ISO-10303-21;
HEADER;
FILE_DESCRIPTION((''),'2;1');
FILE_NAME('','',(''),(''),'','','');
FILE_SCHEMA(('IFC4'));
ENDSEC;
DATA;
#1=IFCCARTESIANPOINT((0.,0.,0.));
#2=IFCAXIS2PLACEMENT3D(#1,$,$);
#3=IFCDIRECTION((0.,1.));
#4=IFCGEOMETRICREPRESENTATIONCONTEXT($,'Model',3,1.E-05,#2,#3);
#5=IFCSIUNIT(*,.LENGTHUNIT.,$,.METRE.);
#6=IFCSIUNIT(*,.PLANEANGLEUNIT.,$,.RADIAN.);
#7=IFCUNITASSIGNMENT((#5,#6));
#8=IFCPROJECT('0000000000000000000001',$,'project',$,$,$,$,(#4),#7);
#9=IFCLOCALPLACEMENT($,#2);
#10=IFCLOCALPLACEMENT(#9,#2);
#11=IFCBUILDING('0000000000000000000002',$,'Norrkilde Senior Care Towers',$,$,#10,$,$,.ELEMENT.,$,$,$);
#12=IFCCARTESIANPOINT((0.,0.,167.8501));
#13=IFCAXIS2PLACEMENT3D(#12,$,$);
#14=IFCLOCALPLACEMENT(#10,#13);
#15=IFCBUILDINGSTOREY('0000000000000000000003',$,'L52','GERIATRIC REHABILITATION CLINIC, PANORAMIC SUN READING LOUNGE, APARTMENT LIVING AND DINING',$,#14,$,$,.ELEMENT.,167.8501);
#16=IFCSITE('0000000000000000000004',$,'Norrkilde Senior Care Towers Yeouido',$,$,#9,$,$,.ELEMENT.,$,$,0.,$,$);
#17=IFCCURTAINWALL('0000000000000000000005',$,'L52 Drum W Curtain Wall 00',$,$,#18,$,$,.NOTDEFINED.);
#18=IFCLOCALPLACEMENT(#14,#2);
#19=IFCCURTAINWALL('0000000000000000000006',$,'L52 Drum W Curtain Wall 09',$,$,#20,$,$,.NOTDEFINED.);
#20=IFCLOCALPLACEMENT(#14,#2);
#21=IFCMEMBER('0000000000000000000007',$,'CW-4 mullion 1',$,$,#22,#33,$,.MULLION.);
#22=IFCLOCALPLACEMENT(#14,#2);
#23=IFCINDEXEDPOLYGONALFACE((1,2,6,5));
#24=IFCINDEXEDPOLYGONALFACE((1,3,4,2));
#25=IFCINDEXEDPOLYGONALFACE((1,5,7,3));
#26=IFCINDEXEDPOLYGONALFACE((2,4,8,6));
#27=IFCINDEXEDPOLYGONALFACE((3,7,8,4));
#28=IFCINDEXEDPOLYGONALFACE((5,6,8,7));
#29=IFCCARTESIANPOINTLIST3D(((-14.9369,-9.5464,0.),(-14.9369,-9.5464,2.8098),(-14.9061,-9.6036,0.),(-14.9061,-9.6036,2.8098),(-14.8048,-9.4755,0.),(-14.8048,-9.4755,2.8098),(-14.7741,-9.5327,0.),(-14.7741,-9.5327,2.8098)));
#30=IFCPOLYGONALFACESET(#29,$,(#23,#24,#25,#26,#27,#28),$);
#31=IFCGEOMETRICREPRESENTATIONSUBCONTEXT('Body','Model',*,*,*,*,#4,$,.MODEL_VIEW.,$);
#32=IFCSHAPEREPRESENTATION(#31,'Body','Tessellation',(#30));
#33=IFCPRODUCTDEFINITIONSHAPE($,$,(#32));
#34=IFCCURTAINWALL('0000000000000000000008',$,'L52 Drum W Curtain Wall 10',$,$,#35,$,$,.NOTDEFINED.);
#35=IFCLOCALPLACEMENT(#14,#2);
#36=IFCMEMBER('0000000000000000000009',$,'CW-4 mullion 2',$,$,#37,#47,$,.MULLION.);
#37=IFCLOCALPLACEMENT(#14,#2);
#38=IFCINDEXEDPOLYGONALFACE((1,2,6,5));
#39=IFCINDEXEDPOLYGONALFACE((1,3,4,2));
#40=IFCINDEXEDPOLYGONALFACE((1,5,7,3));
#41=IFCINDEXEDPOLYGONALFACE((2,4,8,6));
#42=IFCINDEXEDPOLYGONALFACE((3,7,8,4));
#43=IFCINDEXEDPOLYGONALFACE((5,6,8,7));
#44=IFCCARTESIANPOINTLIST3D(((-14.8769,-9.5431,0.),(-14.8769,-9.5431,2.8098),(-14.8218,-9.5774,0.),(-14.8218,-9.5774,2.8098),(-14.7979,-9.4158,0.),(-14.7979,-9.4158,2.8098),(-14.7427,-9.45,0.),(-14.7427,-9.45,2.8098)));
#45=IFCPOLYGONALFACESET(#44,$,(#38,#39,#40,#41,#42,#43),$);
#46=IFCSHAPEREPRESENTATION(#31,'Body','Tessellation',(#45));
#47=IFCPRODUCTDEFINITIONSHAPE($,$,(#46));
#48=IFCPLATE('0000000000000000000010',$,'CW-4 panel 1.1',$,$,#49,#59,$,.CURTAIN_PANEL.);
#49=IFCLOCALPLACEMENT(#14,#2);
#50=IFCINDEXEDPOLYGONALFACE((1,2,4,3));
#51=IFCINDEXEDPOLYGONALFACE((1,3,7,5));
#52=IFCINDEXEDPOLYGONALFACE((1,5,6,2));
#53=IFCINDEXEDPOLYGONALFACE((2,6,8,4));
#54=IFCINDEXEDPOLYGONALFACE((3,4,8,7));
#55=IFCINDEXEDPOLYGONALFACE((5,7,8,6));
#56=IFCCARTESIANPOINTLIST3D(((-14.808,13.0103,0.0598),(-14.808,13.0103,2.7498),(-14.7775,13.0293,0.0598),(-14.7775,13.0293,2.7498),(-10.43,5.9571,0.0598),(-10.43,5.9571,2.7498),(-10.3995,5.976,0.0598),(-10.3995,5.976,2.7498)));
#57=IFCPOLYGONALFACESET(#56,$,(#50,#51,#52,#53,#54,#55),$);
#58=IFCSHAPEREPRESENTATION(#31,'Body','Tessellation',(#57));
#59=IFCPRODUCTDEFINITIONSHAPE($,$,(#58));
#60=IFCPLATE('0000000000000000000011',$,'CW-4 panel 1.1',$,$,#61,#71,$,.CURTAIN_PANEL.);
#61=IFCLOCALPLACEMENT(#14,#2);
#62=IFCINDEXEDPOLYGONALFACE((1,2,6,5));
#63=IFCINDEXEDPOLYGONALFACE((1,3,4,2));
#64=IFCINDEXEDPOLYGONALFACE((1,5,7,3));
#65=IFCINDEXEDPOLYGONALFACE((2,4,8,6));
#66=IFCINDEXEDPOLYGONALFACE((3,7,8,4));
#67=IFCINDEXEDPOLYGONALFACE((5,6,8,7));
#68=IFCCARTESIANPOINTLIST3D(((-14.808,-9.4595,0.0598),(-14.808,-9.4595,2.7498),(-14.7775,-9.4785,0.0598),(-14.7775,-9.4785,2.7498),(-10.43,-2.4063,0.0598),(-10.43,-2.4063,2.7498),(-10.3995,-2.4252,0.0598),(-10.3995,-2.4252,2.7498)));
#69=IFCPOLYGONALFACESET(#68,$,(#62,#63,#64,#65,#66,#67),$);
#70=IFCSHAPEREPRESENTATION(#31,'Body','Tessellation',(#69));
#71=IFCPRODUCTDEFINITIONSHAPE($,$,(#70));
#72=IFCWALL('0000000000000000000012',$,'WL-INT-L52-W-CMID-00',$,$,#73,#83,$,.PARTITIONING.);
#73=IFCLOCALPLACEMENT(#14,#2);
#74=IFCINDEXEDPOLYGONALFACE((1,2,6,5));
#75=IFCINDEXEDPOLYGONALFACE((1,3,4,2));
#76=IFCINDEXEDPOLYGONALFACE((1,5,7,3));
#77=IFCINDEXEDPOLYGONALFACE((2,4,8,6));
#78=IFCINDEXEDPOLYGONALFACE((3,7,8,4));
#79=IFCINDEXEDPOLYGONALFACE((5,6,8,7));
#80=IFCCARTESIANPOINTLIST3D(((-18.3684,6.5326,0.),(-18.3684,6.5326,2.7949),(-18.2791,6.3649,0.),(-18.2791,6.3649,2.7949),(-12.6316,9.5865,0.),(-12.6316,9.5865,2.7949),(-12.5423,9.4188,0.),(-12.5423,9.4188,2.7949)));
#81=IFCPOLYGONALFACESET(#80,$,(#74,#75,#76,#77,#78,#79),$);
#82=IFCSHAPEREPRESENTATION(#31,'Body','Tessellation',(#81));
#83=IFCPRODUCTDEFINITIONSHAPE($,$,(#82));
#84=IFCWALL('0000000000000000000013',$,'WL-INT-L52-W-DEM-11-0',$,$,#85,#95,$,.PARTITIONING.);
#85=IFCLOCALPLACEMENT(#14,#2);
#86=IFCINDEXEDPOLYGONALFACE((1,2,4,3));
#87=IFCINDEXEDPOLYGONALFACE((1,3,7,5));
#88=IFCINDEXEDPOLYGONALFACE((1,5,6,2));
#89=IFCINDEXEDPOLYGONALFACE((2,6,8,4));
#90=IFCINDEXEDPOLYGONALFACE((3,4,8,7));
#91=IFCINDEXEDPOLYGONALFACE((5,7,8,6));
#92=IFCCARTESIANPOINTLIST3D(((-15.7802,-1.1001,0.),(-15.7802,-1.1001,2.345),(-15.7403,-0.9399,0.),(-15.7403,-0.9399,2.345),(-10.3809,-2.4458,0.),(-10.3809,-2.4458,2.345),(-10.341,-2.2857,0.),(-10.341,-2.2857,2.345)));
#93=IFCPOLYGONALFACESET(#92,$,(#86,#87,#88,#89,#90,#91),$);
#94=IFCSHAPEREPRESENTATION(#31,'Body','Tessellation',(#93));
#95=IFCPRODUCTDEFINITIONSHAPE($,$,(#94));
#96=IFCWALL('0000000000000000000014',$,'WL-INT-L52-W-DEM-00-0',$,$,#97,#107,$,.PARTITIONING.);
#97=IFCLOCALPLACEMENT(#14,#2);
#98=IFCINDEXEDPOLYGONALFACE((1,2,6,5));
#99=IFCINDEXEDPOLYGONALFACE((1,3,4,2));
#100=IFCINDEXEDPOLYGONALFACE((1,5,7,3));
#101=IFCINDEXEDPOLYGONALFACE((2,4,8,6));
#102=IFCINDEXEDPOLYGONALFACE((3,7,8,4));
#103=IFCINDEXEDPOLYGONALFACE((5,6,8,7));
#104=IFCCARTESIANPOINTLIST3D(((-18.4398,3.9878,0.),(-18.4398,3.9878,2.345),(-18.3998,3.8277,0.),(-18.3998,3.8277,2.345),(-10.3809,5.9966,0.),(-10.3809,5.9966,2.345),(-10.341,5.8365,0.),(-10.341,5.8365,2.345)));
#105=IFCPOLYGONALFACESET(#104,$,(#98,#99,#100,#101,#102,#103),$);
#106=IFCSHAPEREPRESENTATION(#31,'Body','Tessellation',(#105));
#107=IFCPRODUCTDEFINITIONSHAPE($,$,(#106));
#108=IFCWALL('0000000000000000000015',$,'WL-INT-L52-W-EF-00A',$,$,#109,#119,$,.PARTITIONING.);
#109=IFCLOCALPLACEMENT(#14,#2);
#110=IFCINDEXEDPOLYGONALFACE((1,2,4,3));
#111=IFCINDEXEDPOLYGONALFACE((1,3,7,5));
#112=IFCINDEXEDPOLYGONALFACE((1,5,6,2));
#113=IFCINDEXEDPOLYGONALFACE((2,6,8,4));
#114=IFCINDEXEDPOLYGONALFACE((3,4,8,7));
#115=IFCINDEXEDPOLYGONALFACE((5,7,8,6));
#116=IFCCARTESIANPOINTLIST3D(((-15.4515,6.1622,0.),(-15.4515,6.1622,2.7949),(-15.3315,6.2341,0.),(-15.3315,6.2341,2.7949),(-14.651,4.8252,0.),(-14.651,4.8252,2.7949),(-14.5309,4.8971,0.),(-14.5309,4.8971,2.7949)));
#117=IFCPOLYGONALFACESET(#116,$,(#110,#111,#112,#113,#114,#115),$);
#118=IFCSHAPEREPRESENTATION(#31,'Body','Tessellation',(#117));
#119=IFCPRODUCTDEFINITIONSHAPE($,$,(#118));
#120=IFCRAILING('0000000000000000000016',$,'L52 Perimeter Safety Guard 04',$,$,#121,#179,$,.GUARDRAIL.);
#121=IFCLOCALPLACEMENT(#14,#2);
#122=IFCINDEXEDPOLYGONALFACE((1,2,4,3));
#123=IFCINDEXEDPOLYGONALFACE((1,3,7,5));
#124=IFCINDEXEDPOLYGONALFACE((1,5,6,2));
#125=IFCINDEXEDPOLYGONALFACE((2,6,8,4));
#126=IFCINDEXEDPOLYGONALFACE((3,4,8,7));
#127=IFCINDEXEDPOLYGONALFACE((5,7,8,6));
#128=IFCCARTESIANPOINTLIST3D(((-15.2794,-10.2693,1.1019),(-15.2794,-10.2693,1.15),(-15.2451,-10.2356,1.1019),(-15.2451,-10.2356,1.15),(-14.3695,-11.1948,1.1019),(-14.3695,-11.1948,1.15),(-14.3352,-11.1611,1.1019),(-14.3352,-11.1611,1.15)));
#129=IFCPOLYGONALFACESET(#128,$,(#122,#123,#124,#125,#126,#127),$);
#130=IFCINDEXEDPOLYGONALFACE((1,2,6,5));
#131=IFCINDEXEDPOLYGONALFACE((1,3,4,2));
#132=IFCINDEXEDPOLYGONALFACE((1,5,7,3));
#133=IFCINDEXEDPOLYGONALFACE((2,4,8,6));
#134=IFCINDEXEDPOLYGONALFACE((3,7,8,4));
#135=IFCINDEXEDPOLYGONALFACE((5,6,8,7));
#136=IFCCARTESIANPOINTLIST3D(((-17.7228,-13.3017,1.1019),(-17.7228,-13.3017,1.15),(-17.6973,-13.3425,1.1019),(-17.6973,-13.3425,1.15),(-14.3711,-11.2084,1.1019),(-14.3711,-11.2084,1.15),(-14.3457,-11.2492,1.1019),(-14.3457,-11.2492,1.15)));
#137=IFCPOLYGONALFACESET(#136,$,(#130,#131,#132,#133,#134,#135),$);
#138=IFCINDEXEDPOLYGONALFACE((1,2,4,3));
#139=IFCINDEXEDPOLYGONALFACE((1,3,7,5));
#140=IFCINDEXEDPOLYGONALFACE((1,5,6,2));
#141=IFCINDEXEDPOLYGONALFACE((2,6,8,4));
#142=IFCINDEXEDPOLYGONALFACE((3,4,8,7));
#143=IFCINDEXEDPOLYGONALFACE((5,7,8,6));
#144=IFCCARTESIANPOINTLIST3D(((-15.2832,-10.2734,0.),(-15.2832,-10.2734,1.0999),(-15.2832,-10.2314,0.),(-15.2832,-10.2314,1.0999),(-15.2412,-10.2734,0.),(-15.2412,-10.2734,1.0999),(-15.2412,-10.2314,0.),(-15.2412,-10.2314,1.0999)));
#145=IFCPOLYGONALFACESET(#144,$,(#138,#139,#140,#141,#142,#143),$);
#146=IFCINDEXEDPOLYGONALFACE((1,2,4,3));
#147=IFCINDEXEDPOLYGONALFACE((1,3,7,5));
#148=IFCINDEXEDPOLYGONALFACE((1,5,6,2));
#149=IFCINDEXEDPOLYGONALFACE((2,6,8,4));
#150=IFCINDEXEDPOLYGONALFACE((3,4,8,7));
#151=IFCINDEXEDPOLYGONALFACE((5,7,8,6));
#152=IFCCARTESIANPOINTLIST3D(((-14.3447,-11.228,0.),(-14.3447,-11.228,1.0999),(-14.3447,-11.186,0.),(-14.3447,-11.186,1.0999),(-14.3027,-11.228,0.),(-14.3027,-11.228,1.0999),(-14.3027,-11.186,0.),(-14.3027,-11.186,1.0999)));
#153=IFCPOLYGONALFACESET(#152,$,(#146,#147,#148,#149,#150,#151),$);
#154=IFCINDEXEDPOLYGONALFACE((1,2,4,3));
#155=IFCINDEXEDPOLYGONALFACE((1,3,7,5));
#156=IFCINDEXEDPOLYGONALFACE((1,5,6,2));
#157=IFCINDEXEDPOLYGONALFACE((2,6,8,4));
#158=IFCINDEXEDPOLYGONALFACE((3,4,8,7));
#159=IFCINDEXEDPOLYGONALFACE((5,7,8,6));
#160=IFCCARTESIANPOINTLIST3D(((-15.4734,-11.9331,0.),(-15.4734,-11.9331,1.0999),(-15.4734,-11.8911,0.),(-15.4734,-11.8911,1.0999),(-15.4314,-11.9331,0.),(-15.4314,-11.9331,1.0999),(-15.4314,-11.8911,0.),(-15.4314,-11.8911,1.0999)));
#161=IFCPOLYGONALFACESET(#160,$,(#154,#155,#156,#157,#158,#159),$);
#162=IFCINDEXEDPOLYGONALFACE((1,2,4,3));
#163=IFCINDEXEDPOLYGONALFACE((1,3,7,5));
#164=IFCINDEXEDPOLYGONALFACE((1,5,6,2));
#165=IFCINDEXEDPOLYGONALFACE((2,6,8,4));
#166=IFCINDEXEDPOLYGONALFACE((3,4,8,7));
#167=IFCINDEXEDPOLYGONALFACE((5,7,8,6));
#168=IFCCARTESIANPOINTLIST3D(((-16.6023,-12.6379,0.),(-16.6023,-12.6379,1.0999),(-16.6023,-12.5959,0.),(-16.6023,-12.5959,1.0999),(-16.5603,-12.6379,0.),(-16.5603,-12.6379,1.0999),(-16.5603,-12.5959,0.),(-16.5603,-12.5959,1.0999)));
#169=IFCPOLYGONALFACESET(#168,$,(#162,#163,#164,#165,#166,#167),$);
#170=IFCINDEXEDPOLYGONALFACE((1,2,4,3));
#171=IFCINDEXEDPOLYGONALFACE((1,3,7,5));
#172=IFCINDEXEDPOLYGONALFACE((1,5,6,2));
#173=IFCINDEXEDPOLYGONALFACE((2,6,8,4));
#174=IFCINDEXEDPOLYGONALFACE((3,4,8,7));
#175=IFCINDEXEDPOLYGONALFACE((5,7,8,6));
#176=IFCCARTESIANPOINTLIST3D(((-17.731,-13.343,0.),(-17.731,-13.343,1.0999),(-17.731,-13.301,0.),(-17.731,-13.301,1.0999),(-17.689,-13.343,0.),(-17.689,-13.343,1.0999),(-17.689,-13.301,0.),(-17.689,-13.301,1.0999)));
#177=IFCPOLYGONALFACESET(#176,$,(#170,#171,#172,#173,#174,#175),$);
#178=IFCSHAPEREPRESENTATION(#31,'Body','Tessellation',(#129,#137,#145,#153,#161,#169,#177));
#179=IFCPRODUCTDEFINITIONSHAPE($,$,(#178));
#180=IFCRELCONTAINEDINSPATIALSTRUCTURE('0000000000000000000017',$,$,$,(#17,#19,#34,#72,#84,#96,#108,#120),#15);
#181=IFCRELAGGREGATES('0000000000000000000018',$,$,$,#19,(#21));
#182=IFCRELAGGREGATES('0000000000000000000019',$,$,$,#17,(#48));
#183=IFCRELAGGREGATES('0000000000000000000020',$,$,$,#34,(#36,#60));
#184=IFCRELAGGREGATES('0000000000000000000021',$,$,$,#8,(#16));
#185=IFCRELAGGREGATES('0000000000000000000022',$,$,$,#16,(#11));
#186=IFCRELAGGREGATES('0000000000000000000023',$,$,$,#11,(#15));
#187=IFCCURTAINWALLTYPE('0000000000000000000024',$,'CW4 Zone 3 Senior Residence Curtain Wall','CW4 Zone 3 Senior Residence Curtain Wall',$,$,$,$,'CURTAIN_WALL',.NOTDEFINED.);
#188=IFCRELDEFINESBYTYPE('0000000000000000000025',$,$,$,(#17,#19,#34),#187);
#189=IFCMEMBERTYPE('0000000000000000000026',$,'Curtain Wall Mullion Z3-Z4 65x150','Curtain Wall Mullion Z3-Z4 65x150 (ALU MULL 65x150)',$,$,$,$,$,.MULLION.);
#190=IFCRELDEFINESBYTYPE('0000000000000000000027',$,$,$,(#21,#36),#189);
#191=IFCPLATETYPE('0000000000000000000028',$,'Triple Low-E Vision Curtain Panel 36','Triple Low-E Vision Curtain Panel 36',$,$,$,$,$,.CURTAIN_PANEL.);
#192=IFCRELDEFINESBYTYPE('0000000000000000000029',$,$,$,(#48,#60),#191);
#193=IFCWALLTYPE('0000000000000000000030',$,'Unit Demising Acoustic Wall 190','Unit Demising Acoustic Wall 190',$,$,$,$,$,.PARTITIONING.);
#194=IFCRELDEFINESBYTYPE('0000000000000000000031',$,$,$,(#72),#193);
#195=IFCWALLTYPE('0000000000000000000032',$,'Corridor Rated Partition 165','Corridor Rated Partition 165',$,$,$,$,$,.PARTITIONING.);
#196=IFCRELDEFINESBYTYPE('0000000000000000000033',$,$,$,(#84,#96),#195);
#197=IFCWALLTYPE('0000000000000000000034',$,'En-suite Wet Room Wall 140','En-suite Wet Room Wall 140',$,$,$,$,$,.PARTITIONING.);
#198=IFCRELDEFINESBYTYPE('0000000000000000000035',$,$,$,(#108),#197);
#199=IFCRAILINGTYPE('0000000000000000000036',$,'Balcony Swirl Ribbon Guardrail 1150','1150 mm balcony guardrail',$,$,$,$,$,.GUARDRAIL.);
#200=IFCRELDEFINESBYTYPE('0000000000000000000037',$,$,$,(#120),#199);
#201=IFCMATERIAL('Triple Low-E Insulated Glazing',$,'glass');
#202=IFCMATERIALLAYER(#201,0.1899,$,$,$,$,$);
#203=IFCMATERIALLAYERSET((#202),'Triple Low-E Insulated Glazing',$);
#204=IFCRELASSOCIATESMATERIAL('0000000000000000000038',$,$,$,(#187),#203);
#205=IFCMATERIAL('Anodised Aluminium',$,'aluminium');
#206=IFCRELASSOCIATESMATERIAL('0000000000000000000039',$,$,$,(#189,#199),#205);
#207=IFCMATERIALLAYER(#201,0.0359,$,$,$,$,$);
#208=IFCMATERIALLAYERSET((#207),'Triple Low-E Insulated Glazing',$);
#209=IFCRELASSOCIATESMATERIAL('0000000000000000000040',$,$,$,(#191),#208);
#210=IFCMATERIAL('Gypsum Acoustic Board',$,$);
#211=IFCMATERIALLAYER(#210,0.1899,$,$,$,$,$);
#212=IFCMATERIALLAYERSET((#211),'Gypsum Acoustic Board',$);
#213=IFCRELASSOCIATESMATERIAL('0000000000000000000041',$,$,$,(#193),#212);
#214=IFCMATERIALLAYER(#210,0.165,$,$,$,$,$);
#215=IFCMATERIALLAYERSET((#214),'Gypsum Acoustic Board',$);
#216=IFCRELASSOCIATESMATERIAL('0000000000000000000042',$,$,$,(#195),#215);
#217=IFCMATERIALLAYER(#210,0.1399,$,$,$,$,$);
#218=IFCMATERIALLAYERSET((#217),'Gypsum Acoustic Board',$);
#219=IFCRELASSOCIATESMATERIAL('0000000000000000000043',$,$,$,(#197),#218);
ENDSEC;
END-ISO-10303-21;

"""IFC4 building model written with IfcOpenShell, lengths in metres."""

from ifc_helpers import new_model, si_unit, direction, frame, frame_2d, origin, origin_2d, place, context, subcontext, project, spatial, rectangle, extrude, source, transform, mapped, material, layer, layer_set, material_profile, profile_set, type_object, type_shapes, element, aggregate, save


model = new_model("IFC4")

# Units and contexts
model_context = context("Model", 3, precision=1e-05, world=origin(), true_north=direction((0.0, 1.0)))
body_context = subcontext(model_context, "Body", "Model", "MODEL_VIEW")
ifc_project = project(units=[si_unit("LENGTHUNIT", "METRE"), si_unit("PLANEANGLEUNIT", "RADIAN")], contexts=[model_context])

# Site, building, storey
site_placement = place(None, origin())
site = spatial("IfcSite", under=ifc_project, at=site_placement, Name="Norrkilde Senior Care Towers Yeouido", CompositionType="ELEMENT", RefElevation=0.0)
building_placement = place(site_placement, origin())
building = spatial("IfcBuilding", under=site, at=building_placement, Name="Norrkilde Senior Care Towers", CompositionType="ELEMENT")
storey_placement = place(building_placement, frame((0.0, 0.0, 167.8501)))
storey = spatial("IfcBuildingStorey", under=building, at=storey_placement, Name="L52", Description="GERIATRIC REHABILITATION CLINIC, PANORAMIC SUN READING LOUNGE, APARTMENT LIVING AND DINING", CompositionType="ELEMENT", Elevation=167.8501)

# Curtain walls
ifc_material_1 = material(Name="Triple Low-E Insulated Glazing", Category="glass")
ifc_layer_1 = layer(ifc_material_1, 0.1899)
ifc_layer_set_1 = layer_set([ifc_layer_1], Name="Triple Low-E Insulated Glazing")
curtain_wall_type = type_object("IfcCurtainWallType", Name="CW4 Zone 3 Senior Residence Curtain Wall", Description="CW4 Zone 3 Senior Residence Curtain Wall", ElementType="CURTAIN_WALL", PredefinedType="NOTDEFINED", material=ifc_layer_set_1)
curtain_wall_1_placement = place(storey_placement, origin())
curtain_wall_1 = element("IfcCurtainWall", 1, at=curtain_wall_1_placement, inside=storey, type_object=curtain_wall_type, Name="L52 Drum W Curtain Wall 00", PredefinedType="NOTDEFINED")
ifc_material_2 = material(Name="Anodised Aluminium", Category="aluminium")
curtain_wall_2_placement = place(storey_placement, origin())
curtain_wall_2 = element("IfcCurtainWall", 2, at=curtain_wall_2_placement, inside=storey, type_object=curtain_wall_type, Name="L52 Drum W Curtain Wall 09", PredefinedType="NOTDEFINED")

# Shared definitions
ifc_material_profile_1 = material_profile(ifc_material_2, rectangle(XDim=0.0649, YDim=0.1499, at=origin_2d()), Name="ALU MULL 65x150")
ifc_profile_set_1 = profile_set([ifc_material_profile_1], Name="Anodised Aluminium")
member_type_1 = type_object("IfcMemberType", Name="Curtain Wall Mullion Z3-Z4 65x150", Description="Curtain Wall Mullion Z3-Z4 65x150 (ALU MULL 65x150)", PredefinedType="MULLION", material=ifc_profile_set_1)
shared_shape_1 = source(origin(), body_context, "Body", "SweptSolid", [
    extrude(rectangle(XDim=0.0649, YDim=0.1499, at=origin_2d()), origin(), (0.0, 0.0, 1.0), 2.8098),
])
type_shapes(member_type_1, [shared_shape_1])

# Member
member_1_placement = place(storey_placement, frame((-14.8555, -9.5396, 0.0), z_axis=(0.0, 0.0, 1.0), x_axis=(0.473117, -0.881, 0.0)))
member_1 = element("IfcMember", 3, at=member_1_placement, type_object=member_type_1, Name="CW-4 mullion 1", PredefinedType="MULLION", context=body_context, shape_type="MappedRepresentation", body=[
    mapped(shared_shape_1, transform((0.0, 0.0, 0.0), x_axis=(1.0, 0.0, 0.0), y_axis=(0.0, 1.0, 0.0), z_axis=(0.0, 0.0, 1.0), scale=1.0)),
])
aggregate(curtain_wall_2, [member_1])

# Curtain wall, member
curtain_wall_3_placement = place(storey_placement, origin())
curtain_wall_3 = element("IfcCurtainWall", 4, at=curtain_wall_3_placement, inside=storey, type_object=curtain_wall_type, Name="L52 Drum W Curtain Wall 10", PredefinedType="NOTDEFINED")
member_2_placement = place(storey_placement, frame((-14.8098, -9.4966, 0.0), z_axis=(0.0, 0.0, 1.0), x_axis=(0.849634, -0.527373, 0.0)))
member_2 = element("IfcMember", 5, at=member_2_placement, type_object=member_type_1, Name="CW-4 mullion 2", PredefinedType="MULLION", context=body_context, shape_type="MappedRepresentation", body=[
    mapped(shared_shape_1, transform((0.0, 0.0, 0.0), x_axis=(1.0, 0.0, 0.0), y_axis=(0.0, 1.0, 0.0), z_axis=(0.0, 0.0, 1.0), scale=1.0)),
])

# Plates
ifc_layer_2 = layer(ifc_material_1, 0.0359)
ifc_layer_set_2 = layer_set([ifc_layer_2], Name="Triple Low-E Insulated Glazing")
plate_type = type_object("IfcPlateType", Name="Triple Low-E Vision Curtain Panel 36", Description="Triple Low-E Vision Curtain Panel 36", PredefinedType="CURTAIN_PANEL", material=ifc_layer_set_2)
shared_shape_2 = source(origin(), body_context, "Body", "SweptSolid", [
    extrude(rectangle(XDim=8.3015, YDim=0.0359, at=origin_2d()), origin(), (0.0, 0.0, 1.0), 2.6899),
])
type_shapes(plate_type, [shared_shape_2])
plate_1_placement = place(storey_placement, frame((-12.6038, 9.4932, 0.0598), z_axis=(0.0, 0.0, 1.0), x_axis=(0.527373, -0.849634, 0.0)))
plate_1 = element("IfcPlate", 6, at=plate_1_placement, type_object=plate_type, Name="CW-4 panel 1.1", PredefinedType="CURTAIN_PANEL", context=body_context, shape_type="MappedRepresentation", body=[
    mapped(shared_shape_2, transform((0.0, 0.0, 0.0), x_axis=(1.0, 0.0, 0.0), y_axis=(0.0, 1.0, 0.0), z_axis=(0.0, 0.0, 1.0), scale=1.0)),
])
aggregate(curtain_wall_1, [plate_1])
plate_2_placement = place(storey_placement, frame((-12.6038, -5.9424, 0.0598), z_axis=(0.0, 0.0, 1.0), x_axis=(-0.527373, -0.849634, 0.0)))
plate_2 = element("IfcPlate", 7, at=plate_2_placement, type_object=plate_type, Name="CW-4 panel 1.1", PredefinedType="CURTAIN_PANEL", context=body_context, shape_type="MappedRepresentation", body=[
    mapped(shared_shape_2, transform((0.0, 0.0, 0.0), x_axis=(1.0, 0.0, 0.0), y_axis=(0.0, 1.0, 0.0), z_axis=(0.0, 0.0, 1.0), scale=1.0)),
])
aggregate(curtain_wall_3, [member_2, plate_2])

# Walls
ifc_material_3 = material(Name="Gypsum Acoustic Board")
ifc_layer_3 = layer(ifc_material_3, 0.1899)
ifc_layer_set_3 = layer_set([ifc_layer_3], Name="Gypsum Acoustic Board")
wall_type_1 = type_object("IfcWallType", Name="Unit Demising Acoustic Wall 190", Description="Unit Demising Acoustic Wall 190", PredefinedType="PARTITIONING", material=ifc_layer_set_3)
shared_shape_3 = source(origin(), body_context, "Body", "SweptSolid", [
    extrude(rectangle(XDim=6.499, YDim=0.1899, at=frame_2d((3.2495, 0.0))), origin(), (0.0, 0.0, 1.0), 2.7949),
])
type_shapes(wall_type_1, [shared_shape_3])
wall_1_placement = place(storey_placement, frame((-18.3237, 6.4487, 0.0), z_axis=(0.0, 0.0, 1.0), x_axis=(0.882716, 0.469908, 0.0)))
element("IfcWall", 8, at=wall_1_placement, inside=storey, type_object=wall_type_1, Name="WL-INT-L52-W-CMID-00", PredefinedType="PARTITIONING", context=body_context, shape_type="MappedRepresentation", body=[
    mapped(shared_shape_3, transform((0.0, 0.0, 0.0), x_axis=(1.0, 0.0, 0.0), y_axis=(0.0, 1.0, 0.0), z_axis=(0.0, 0.0, 1.0), scale=1.0)),
])
ifc_layer_4 = layer(ifc_material_3, 0.165)
ifc_layer_set_4 = layer_set([ifc_layer_4], Name="Gypsum Acoustic Board")
wall_type_2 = type_object("IfcWallType", Name="Corridor Rated Partition 165", Description="Corridor Rated Partition 165", PredefinedType="PARTITIONING", material=ifc_layer_set_4)
shared_shape_4 = source(origin(), body_context, "Body", "SweptSolid", [
    extrude(rectangle(XDim=5.5645, YDim=0.165, at=frame_2d((2.7822, 0.0))), origin(), (0.0, 0.0, 1.0), 2.345),
])
wall_2_placement = place(storey_placement, frame((-15.7603, -1.02, 0.0), z_axis=(0.0, 0.0, 1.0), x_axis=(0.970315, -0.241844, 0.0)))
element("IfcWall", 9, at=wall_2_placement, inside=storey, type_object=wall_type_2, Name="WL-INT-L52-W-DEM-11-0", PredefinedType="PARTITIONING", context=body_context, shape_type="MappedRepresentation", body=[
    mapped(shared_shape_4, transform((0.0, 0.0, 0.0), x_axis=(1.0, 0.0, 0.0), y_axis=(0.0, 1.0, 0.0), z_axis=(0.0, 0.0, 1.0), scale=1.0)),
])
shared_shape_5 = source(origin(), body_context, "Body", "SweptSolid", [
    extrude(rectangle(XDim=8.3054, YDim=0.165, at=frame_2d((4.1528, 0.0))), origin(), (0.0, 0.0, 1.0), 2.345),
])
type_shapes(wall_type_2, [shared_shape_4, shared_shape_5])
wall_3_placement = place(storey_placement, frame((-18.4199, 3.9077, 0.0), z_axis=(0.0, 0.0, 1.0), x_axis=(0.97031, 0.241865, 0.0)))
element("IfcWall", 10, at=wall_3_placement, inside=storey, type_object=wall_type_2, Name="WL-INT-L52-W-DEM-00-0", PredefinedType="PARTITIONING", context=body_context, shape_type="MappedRepresentation", body=[
    mapped(shared_shape_5, transform((0.0, 0.0, 0.0), x_axis=(1.0, 0.0, 0.0), y_axis=(0.0, 1.0, 0.0), z_axis=(0.0, 0.0, 1.0), scale=1.0)),
])
ifc_layer_5 = layer(ifc_material_3, 0.1399)
ifc_layer_set_5 = layer_set([ifc_layer_5], Name="Gypsum Acoustic Board")
wall_type_3 = type_object("IfcWallType", Name="En-suite Wet Room Wall 140", Description="En-suite Wet Room Wall 140", PredefinedType="PARTITIONING", material=ifc_layer_set_5)
shared_shape_6 = source(origin(), body_context, "Body", "SweptSolid", [
    extrude(rectangle(XDim=1.5583, YDim=0.1399, at=frame_2d((0.7793, 0.0))), origin(), (0.0, 0.0, 1.0), 2.7949),
])
type_shapes(wall_type_3, [shared_shape_6])
wall_4_placement = place(storey_placement, frame((-15.3916, 6.1982, 0.0), z_axis=(0.0, 0.0, 1.0), x_axis=(0.513735, -0.857949, 0.0)))
element("IfcWall", 11, at=wall_4_placement, inside=storey, type_object=wall_type_3, Name="WL-INT-L52-W-EF-00A", PredefinedType="PARTITIONING", context=body_context, shape_type="MappedRepresentation", body=[
    mapped(shared_shape_6, transform((0.0, 0.0, 0.0), x_axis=(1.0, 0.0, 0.0), y_axis=(0.0, 1.0, 0.0), z_axis=(0.0, 0.0, 1.0), scale=1.0)),
])

# Railing
railing_type = type_object("IfcRailingType", Name="Balcony Swirl Ribbon Guardrail 1150", Description="1150 mm balcony guardrail", PredefinedType="GUARDRAIL", material=ifc_material_2)
railing_1_placement = place(storey_placement, frame((-15.2622, -10.2524, 0.0)))
element("IfcRailing", 12, at=railing_1_placement, inside=storey, type_object=railing_type, Name="L52 Perimeter Safety Guard 04", PredefinedType="GUARDRAIL", context=body_context, shape_type="SweptSolid", body=[
    extrude(rectangle(XDim=0.0481, YDim=0.0481, at=origin_2d()), frame((0.0, 0.0, 1.126), z_axis=(0.701063, -0.7131, 0.0), x_axis=(0.7131, 0.701063, 0.0)), (0.0, 0.0, 1.0), 1.2979),
    extrude(rectangle(XDim=0.0481, YDim=0.0481, at=origin_2d()), frame((0.9038, -0.9763, 1.126), z_axis=(-0.848156, -0.529746, 0.0), x_axis=(0.529746, -0.848156, 0.0)), (0.0, 0.0, 1.0), 3.9517),
    extrude(rectangle(XDim=0.042, YDim=0.042, at=origin_2d()), origin(), (0.0, 0.0, 1.0), 1.0999),
    extrude(rectangle(XDim=0.042, YDim=0.042, at=origin_2d()), frame((0.9385, -0.9546, 0.0)), (0.0, 0.0, 1.0), 1.0999),
    extrude(rectangle(XDim=0.042, YDim=0.042, at=origin_2d()), frame((-0.1902, -1.6597, 0.0)), (0.0, 0.0, 1.0), 1.0999),
    extrude(rectangle(XDim=0.042, YDim=0.042, at=origin_2d()), frame((-1.3191, -2.3645, 0.0)), (0.0, 0.0, 1.0), 1.0999),
    extrude(rectangle(XDim=0.042, YDim=0.042, at=origin_2d()), frame((-2.4478, -3.0696, 0.0)), (0.0, 0.0, 1.0), 1.0999),
])

save(model, "model.ifc")
